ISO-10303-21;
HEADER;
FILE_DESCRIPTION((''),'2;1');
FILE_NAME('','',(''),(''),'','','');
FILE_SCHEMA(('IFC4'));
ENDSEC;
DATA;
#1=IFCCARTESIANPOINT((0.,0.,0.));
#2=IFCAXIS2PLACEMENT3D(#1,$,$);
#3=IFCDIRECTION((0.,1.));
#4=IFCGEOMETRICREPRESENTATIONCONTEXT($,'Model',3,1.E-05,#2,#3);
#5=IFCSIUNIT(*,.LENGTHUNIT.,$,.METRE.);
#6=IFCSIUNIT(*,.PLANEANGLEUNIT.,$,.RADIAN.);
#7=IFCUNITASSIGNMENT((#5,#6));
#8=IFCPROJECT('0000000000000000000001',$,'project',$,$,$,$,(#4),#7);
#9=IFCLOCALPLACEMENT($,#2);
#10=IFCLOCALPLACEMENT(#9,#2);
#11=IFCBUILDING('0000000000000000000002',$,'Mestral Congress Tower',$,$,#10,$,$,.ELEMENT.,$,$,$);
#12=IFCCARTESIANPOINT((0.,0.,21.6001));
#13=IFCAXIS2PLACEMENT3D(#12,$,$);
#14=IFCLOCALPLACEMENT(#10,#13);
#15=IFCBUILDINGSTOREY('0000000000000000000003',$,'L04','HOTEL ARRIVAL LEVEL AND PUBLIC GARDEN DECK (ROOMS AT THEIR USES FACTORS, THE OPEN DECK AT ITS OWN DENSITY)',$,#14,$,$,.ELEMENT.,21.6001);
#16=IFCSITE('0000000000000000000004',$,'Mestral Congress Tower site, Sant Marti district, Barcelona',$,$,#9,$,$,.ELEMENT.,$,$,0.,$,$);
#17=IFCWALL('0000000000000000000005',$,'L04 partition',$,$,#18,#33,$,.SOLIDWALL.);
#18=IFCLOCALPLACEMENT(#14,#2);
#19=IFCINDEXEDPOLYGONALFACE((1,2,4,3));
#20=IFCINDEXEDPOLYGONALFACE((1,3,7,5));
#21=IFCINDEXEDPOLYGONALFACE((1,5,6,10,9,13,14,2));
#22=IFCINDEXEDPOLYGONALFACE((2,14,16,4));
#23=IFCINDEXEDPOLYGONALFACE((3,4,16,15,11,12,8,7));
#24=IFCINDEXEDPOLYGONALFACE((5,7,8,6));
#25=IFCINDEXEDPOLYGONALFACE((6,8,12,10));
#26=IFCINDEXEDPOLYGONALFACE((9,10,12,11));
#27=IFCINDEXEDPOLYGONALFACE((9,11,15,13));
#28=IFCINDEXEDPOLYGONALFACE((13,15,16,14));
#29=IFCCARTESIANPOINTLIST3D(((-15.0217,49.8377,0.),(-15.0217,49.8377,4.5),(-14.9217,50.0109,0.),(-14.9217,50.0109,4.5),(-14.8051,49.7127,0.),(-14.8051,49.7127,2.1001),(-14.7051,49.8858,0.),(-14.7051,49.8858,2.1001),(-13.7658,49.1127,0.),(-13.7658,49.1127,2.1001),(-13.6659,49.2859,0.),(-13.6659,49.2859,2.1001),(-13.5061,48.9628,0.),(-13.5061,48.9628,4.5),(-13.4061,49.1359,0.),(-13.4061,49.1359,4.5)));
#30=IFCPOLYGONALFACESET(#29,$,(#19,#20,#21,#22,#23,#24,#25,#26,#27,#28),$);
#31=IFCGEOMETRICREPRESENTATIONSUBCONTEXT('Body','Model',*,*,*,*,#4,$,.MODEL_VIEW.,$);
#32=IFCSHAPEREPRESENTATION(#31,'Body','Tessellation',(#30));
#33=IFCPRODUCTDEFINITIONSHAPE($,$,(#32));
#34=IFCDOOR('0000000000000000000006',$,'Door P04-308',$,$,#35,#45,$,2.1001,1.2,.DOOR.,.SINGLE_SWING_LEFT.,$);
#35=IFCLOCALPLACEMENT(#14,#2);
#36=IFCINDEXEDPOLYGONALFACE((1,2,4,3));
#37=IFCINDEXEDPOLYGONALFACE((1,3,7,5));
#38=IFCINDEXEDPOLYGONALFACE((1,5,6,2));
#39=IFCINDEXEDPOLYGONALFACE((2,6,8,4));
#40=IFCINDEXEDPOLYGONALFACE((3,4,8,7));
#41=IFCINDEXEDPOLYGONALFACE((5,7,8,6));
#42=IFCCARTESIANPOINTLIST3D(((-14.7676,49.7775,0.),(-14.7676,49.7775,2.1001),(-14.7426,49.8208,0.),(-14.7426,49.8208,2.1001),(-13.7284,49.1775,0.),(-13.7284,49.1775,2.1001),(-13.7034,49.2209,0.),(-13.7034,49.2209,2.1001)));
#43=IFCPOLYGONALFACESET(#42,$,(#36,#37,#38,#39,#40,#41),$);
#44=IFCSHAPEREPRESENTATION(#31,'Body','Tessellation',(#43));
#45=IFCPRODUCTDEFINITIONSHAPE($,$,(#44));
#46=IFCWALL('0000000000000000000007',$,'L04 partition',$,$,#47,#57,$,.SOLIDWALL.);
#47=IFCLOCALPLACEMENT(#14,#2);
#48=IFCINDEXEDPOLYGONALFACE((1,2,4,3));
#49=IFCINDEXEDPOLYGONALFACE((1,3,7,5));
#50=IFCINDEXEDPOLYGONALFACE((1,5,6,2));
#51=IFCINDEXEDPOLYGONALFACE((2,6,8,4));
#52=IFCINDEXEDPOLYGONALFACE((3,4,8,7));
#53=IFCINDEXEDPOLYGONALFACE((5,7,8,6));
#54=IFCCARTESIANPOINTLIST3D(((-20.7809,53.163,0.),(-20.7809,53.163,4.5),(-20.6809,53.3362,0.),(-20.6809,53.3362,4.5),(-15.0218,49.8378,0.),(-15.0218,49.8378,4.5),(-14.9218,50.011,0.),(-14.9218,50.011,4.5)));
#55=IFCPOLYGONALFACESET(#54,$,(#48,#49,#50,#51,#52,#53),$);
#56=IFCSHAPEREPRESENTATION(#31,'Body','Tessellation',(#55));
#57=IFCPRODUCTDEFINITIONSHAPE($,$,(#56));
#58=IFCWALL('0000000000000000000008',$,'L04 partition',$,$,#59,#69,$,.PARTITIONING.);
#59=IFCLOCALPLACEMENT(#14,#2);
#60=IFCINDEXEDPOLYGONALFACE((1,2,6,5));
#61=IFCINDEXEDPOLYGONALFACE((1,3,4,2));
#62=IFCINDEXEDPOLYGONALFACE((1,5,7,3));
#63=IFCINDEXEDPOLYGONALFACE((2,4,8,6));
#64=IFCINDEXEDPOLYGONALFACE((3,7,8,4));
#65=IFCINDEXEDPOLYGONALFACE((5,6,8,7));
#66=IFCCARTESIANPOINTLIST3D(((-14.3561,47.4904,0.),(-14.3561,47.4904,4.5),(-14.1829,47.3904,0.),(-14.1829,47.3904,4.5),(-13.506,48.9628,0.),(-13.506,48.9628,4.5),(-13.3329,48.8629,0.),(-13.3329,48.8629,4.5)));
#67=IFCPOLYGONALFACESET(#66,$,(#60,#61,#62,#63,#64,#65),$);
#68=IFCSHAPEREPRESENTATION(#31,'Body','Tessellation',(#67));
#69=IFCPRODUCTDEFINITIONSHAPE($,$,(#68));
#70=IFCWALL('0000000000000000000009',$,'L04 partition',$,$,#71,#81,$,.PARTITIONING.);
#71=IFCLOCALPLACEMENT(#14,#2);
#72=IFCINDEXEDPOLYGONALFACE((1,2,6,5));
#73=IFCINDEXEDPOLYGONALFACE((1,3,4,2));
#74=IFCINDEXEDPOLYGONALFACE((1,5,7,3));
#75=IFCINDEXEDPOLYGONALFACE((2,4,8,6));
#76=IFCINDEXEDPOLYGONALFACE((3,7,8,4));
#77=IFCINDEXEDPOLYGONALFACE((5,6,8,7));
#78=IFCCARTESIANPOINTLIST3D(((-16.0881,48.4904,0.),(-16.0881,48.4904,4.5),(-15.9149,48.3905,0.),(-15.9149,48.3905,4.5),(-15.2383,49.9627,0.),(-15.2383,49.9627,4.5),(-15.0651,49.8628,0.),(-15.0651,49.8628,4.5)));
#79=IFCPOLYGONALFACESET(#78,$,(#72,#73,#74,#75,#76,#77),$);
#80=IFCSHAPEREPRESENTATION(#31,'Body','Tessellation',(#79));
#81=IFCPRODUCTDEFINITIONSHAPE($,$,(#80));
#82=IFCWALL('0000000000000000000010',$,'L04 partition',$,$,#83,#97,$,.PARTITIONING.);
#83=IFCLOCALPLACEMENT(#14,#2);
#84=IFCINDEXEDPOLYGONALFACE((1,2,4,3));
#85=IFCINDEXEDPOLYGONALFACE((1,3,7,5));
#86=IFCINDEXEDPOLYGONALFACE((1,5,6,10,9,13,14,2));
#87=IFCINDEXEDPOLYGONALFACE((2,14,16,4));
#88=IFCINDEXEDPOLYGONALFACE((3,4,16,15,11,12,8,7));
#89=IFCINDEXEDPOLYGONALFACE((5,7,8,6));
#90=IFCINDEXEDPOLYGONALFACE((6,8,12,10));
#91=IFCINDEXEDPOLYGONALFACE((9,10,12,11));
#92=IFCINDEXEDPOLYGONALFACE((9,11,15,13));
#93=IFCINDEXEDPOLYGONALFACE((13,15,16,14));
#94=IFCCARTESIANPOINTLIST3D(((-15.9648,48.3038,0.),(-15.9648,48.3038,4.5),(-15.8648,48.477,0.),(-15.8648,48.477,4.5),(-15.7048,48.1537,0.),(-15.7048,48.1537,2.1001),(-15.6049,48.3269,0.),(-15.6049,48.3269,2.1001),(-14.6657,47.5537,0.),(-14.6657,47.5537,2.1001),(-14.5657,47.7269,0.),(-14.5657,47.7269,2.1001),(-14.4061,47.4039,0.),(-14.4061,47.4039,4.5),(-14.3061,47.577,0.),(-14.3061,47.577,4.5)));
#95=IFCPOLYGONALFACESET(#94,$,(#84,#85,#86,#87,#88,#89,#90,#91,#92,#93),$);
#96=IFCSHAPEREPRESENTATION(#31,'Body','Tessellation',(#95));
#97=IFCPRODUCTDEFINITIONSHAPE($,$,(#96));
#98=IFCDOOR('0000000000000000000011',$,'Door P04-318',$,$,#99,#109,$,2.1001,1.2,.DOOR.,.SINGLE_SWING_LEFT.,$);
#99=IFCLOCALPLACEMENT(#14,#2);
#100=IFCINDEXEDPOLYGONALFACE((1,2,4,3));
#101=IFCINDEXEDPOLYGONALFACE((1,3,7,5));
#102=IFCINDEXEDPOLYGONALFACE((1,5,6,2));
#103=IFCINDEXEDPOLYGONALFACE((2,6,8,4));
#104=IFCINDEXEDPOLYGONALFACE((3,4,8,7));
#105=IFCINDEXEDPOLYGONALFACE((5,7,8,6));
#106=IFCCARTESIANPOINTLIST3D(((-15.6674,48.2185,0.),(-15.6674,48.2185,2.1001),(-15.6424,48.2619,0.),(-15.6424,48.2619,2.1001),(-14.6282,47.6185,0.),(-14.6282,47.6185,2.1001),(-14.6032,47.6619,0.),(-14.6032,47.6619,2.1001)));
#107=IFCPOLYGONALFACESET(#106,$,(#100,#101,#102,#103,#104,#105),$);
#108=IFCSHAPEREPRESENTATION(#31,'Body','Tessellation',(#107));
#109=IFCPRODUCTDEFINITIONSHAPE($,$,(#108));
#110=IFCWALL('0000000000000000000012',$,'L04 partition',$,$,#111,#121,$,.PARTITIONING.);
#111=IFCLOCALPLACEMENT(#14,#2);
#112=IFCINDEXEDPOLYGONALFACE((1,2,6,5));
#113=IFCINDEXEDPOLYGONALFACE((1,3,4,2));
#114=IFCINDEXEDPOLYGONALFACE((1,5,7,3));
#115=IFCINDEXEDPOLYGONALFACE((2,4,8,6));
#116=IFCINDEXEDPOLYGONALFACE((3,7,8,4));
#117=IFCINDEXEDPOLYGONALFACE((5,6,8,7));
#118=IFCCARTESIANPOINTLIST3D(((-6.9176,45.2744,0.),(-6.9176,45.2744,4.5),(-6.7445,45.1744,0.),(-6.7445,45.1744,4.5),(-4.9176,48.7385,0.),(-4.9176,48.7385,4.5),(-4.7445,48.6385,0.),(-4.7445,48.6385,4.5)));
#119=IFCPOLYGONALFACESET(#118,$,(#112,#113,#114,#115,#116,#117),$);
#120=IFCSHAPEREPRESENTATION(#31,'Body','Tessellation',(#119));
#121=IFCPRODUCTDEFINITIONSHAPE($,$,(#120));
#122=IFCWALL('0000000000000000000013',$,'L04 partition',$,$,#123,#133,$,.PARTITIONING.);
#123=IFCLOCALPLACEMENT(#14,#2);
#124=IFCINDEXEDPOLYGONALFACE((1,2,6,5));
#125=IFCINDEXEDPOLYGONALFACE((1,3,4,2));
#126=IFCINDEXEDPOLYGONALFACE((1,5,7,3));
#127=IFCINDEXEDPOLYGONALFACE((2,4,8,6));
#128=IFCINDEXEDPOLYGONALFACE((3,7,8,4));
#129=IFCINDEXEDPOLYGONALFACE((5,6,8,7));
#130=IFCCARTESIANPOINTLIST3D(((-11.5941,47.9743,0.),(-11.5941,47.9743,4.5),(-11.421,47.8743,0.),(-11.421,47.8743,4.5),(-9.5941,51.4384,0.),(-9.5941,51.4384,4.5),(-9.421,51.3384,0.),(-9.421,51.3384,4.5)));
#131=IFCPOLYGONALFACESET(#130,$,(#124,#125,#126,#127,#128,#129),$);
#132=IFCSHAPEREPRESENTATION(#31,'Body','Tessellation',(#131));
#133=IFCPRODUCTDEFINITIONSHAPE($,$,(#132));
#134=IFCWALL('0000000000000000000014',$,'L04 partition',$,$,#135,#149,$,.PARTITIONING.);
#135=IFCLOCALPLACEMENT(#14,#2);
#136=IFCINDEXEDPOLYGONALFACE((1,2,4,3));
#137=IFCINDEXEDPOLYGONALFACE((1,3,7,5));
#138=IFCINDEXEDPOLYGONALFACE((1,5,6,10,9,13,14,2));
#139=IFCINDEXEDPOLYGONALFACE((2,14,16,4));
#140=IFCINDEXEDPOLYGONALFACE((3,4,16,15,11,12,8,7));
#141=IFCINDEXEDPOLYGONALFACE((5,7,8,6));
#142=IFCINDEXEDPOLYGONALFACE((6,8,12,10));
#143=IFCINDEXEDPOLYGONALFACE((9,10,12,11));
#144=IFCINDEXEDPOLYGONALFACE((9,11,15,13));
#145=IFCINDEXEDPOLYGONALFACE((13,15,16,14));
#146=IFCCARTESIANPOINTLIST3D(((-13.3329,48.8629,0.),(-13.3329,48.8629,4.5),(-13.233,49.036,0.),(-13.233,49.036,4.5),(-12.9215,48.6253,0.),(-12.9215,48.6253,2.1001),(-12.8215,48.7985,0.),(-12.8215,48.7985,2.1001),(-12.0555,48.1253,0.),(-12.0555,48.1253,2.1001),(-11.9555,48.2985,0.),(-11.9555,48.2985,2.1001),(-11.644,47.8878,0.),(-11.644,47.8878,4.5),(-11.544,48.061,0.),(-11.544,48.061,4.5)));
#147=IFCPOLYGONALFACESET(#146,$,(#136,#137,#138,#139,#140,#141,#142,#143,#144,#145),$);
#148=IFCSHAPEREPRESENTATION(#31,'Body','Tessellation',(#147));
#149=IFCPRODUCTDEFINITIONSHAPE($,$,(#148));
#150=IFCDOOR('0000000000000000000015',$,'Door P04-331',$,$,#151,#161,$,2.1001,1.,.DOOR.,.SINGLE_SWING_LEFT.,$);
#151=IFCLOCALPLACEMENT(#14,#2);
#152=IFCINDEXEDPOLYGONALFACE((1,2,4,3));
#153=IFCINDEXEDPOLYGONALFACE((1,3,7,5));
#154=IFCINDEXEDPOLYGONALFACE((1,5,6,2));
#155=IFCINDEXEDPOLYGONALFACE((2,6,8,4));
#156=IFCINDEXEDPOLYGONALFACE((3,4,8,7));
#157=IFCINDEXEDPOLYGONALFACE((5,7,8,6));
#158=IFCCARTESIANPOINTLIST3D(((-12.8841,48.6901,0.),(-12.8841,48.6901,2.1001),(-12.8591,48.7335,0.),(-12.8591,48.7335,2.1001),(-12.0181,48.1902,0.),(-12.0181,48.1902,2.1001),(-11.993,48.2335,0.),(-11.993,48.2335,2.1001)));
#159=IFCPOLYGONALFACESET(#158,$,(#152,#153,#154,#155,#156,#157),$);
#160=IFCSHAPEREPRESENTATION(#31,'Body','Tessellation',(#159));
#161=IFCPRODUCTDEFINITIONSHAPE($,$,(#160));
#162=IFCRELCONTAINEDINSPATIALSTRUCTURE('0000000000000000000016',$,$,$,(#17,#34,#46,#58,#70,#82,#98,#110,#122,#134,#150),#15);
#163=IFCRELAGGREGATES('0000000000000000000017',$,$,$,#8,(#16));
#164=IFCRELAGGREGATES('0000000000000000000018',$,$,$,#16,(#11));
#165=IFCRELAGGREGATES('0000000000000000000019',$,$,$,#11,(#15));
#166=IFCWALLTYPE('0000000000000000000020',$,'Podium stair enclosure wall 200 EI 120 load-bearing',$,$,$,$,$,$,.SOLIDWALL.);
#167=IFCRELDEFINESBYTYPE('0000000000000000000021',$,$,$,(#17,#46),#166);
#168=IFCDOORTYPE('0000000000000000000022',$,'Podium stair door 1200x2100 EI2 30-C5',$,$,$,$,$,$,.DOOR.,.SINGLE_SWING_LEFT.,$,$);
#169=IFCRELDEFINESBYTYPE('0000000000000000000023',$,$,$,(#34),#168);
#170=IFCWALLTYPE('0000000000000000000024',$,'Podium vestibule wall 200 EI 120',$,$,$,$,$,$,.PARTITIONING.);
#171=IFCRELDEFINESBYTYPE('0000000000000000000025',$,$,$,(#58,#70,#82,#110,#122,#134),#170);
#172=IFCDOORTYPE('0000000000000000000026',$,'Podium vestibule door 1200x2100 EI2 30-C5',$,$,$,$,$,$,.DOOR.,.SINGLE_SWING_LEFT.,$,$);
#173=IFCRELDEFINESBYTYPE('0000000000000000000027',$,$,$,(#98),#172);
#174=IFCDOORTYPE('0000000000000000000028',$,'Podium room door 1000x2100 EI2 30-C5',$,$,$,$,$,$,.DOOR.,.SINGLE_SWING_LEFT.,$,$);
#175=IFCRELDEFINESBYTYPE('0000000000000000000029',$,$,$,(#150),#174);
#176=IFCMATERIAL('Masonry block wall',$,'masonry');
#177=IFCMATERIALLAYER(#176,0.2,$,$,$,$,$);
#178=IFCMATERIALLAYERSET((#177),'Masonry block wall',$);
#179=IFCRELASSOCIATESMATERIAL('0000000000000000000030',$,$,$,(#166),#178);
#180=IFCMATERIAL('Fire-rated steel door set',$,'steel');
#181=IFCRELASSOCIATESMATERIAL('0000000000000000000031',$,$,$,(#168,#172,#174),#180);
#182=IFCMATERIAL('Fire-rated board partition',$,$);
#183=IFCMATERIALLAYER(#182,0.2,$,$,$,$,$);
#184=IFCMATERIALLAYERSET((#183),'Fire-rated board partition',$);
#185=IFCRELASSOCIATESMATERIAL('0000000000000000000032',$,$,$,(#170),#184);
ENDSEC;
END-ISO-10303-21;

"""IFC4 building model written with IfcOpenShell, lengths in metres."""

from ifc_helpers import new_model, si_unit, direction, frame, frame_2d, origin, place, context, subcontext, project, spatial, rectangle, extrude, material, layer, layer_set, type_object, element, fill, save


model = new_model("IFC4")

# Units and contexts
model_context = context("Model", 3, precision=1e-05, world=origin(), true_north=direction((0.0, 1.0)))
body_context = subcontext(model_context, "Body", "Model", "MODEL_VIEW")
ifc_project = project(units=[si_unit("LENGTHUNIT", "METRE"), si_unit("PLANEANGLEUNIT", "RADIAN")], contexts=[model_context])

# Site, building, storey
site_placement = place(None, origin())
site = spatial("IfcSite", under=ifc_project, at=site_placement, Name="Mestral Congress Tower site, Sant Marti district, Barcelona", CompositionType="ELEMENT", RefElevation=0.0)
building_placement = place(site_placement, origin())
building = spatial("IfcBuilding", under=site, at=building_placement, Name="Mestral Congress Tower", CompositionType="ELEMENT")
storey_placement = place(building_placement, frame((0.0, 0.0, 21.6001)))
storey = spatial("IfcBuildingStorey", under=building, at=storey_placement, Name="L04", Description="HOTEL ARRIVAL LEVEL AND PUBLIC GARDEN DECK (ROOMS AT THEIR USES FACTORS, THE OPEN DECK AT ITS OWN DENSITY)", CompositionType="ELEMENT", Elevation=21.6001)

# Shared definitions
ifc_material_1 = material(Name="Masonry block wall", Category="masonry")
ifc_layer_1 = layer(ifc_material_1, 0.2)
ifc_layer_set_1 = layer_set([ifc_layer_1], Name="Masonry block wall")
wall_type_1 = type_object("IfcWallType", Name="Podium stair enclosure wall 200 EI 120 load-bearing", PredefinedType="SOLIDWALL", material=ifc_layer_set_1)

# Wall, opening, door
wall_1_placement = place(storey_placement, frame((-14.9717, 49.9243, 0.0), z_axis=(0.0, 0.0, 1.0), x_axis=(0.866037, -0.49998, 0.0)))
wall_1 = element("IfcWall", 1, at=wall_1_placement, inside=storey, type_object=wall_type_1, Name="L04 partition", PredefinedType="SOLIDWALL", context=body_context, shape_type="SweptSolid", body=[
    extrude(rectangle(XDim=1.75, YDim=0.2, at=frame_2d((0.875, 0.0))), origin(), (0.0, 0.0, 1.0), 4.5),
])
opening_1_placement = place(wall_1_placement, frame((0.25, 0.0, 0.0)))
opening_1 = element("IfcOpeningElement", 2, at=opening_1_placement, cuts=wall_1, PredefinedType="OPENING", context=body_context, shape_type="SweptSolid", body=[
    extrude(rectangle(XDim=1.2, YDim=2.1001, at=frame_2d((0.6001, 1.05))), frame((0.0, 0.1099, 0.0), z_axis=(0.0, -1.0, 0.0), x_axis=(1.0, 0.0, 0.0)), (0.0, 0.0, 1.0), 0.22),
])
ifc_material_2 = material(Name="Fire-rated steel door set", Category="steel")
door_type_1 = type_object("IfcDoorType", Name="Podium stair door 1200x2100 EI2 30-C5", OperationType="SINGLE_SWING_LEFT", PredefinedType="DOOR", material=ifc_material_2)
door_1_placement = place(opening_1_placement, origin())
door_1 = element("IfcDoor", 3, at=door_1_placement, inside=storey, type_object=door_type_1, Name="Door P04-308", OperationType="SINGLE_SWING_LEFT", OverallHeight=2.1001, OverallWidth=1.2, PredefinedType="DOOR", context=body_context, shape_type="SweptSolid", body=[
    extrude(rectangle(XDim=1.2, YDim=2.1001, at=frame_2d((0.6001, 1.05))), frame((0.0, 0.0249, 0.0), z_axis=(0.0, -1.0, 0.0), x_axis=(1.0, 0.0, 0.0)), (0.0, 0.0, 1.0), 0.05),
])
fill(opening_1, door_1)

# Walls
wall_2_placement = place(storey_placement, frame((-14.9717, 49.9243, 0.0), z_axis=(0.0, 0.0, 1.0), x_axis=(-0.866011, 0.500024, 0.0)))
element("IfcWall", 4, at=wall_2_placement, inside=storey, type_object=wall_type_1, Name="L04 partition", PredefinedType="SOLIDWALL", context=body_context, shape_type="SweptSolid", body=[
    extrude(rectangle(XDim=6.6501, YDim=0.2, at=frame_2d((3.3252, 0.0))), origin(), (0.0, 0.0, 1.0), 4.5),
])
ifc_material_3 = material(Name="Fire-rated board partition")
ifc_layer_2 = layer(ifc_material_3, 0.2)
ifc_layer_set_2 = layer_set([ifc_layer_2], Name="Fire-rated board partition")
wall_type_2 = type_object("IfcWallType", Name="Podium vestibule wall 200 EI 120", PredefinedType="PARTITIONING", material=ifc_layer_set_2)
wall_3_placement = place(storey_placement, frame((-13.4194, 48.9128, 0.0), z_axis=(0.0, 0.0, 1.0), x_axis=(-0.5, -0.866025, 0.0)))
element("IfcWall", 5, at=wall_3_placement, inside=storey, type_object=wall_type_2, Name="L04 partition", PredefinedType="PARTITIONING", context=body_context, shape_type="SweptSolid", body=[
    extrude(rectangle(XDim=1.7002, YDim=0.2, at=frame_2d((0.8501, 0.0))), origin(), (0.0, 0.0, 1.0), 4.5),
])
wall_4_placement = place(storey_placement, frame((-15.1516, 49.9128, 0.0), z_axis=(0.0, 0.0, 1.0), x_axis=(-0.499892, -0.866088, 0.0)))
element("IfcWall", 6, at=wall_4_placement, inside=storey, type_object=wall_type_2, Name="L04 partition", PredefinedType="PARTITIONING", context=body_context, shape_type="SweptSolid", body=[
    extrude(rectangle(XDim=1.7, YDim=0.2, at=frame_2d((0.8501, 0.0))), origin(), (0.0, 0.0, 1.0), 4.5),
])

# Wall, opening, door
wall_5_placement = place(storey_placement, frame((-15.9148, 48.3904, 0.0), z_axis=(0.0, 0.0, 1.0), x_axis=(0.866014, -0.50002, 0.0)))
wall_5 = element("IfcWall", 7, at=wall_5_placement, inside=storey, type_object=wall_type_2, Name="L04 partition", PredefinedType="PARTITIONING", context=body_context, shape_type="SweptSolid", body=[
    extrude(rectangle(XDim=1.7998, YDim=0.2, at=frame_2d((0.8999, 0.0))), origin(), (0.0, 0.0, 1.0), 4.5),
])
opening_2_placement = place(wall_5_placement, frame((0.3, 0.0, 0.0)))
opening_2 = element("IfcOpeningElement", 8, at=opening_2_placement, cuts=wall_5, PredefinedType="OPENING", context=body_context, shape_type="SweptSolid", body=[
    extrude(rectangle(XDim=1.2, YDim=2.1001, at=frame_2d((0.6001, 1.05))), frame((0.0, 0.1099, 0.0), z_axis=(0.0, -1.0, 0.0), x_axis=(1.0, 0.0, 0.0)), (0.0, 0.0, 1.0), 0.22),
])
door_type_2 = type_object("IfcDoorType", Name="Podium vestibule door 1200x2100 EI2 30-C5", OperationType="SINGLE_SWING_LEFT", PredefinedType="DOOR", material=ifc_material_2)
door_2_placement = place(opening_2_placement, origin())
door_2 = element("IfcDoor", 9, at=door_2_placement, inside=storey, type_object=door_type_2, Name="Door P04-318", OperationType="SINGLE_SWING_LEFT", OverallHeight=2.1001, OverallWidth=1.2, PredefinedType="DOOR", context=body_context, shape_type="SweptSolid", body=[
    extrude(rectangle(XDim=1.2, YDim=2.1001, at=frame_2d((0.6001, 1.05))), frame((0.0, 0.0249, 0.0), z_axis=(0.0, -1.0, 0.0), x_axis=(1.0, 0.0, 0.0)), (0.0, 0.0, 1.0), 0.05),
])
fill(opening_2, door_2)

# Walls
for number, where, z_axis, x_axis, name in (
    (10, (-4.8311, 48.6885, 0.0), (0.0, 0.0, 1.0), (-0.499999, -0.866026, 0.0), "L04 partition"),
    (11, (-9.5076, 51.3884, 0.0), (0.0, 0.0, 1.0), (-0.499999, -0.866026, 0.0), "L04 partition"),
):
    element("IfcWall", number, at=place(storey_placement, frame(where, z_axis=z_axis, x_axis=x_axis)), inside=storey, type_object=wall_type_2, Name=name, PredefinedType="PARTITIONING", context=body_context, shape_type="SweptSolid", body=[
        extrude(rectangle(XDim=4.0, YDim=0.2, at=frame_2d((2.0, 0.0))), origin(), (0.0, 0.0, 1.0), 4.5),
    ])

# Wall, opening, door
wall_6_placement = place(storey_placement, frame((-13.283, 48.9495, 0.0), z_axis=(0.0, 0.0, 1.0), x_axis=(0.866031, -0.49999, 0.0)))
wall_6 = element("IfcWall", 12, at=wall_6_placement, inside=storey, type_object=wall_type_2, Name="L04 partition", PredefinedType="PARTITIONING", context=body_context, shape_type="SweptSolid", body=[
    extrude(rectangle(XDim=1.9502, YDim=0.2, at=frame_2d((0.9751, 0.0))), origin(), (0.0, 0.0, 1.0), 4.5),
])
opening_3_placement = place(wall_6_placement, frame((0.4751, 0.0, 0.0)))
opening_3 = element("IfcOpeningElement", 13, at=opening_3_placement, cuts=wall_6, PredefinedType="OPENING", context=body_context, shape_type="SweptSolid", body=[
    extrude(rectangle(XDim=1.0, YDim=2.1001, at=frame_2d((0.5, 1.05))), frame((0.0, 0.1099, 0.0), z_axis=(0.0, -1.0, 0.0), x_axis=(1.0, 0.0, 0.0)), (0.0, 0.0, 1.0), 0.22),
])
door_type_3 = type_object("IfcDoorType", Name="Podium room door 1000x2100 EI2 30-C5", OperationType="SINGLE_SWING_LEFT", PredefinedType="DOOR", material=ifc_material_2)
door_3_placement = place(opening_3_placement, origin())
door_3 = element("IfcDoor", 14, at=door_3_placement, inside=storey, type_object=door_type_3, Name="Door P04-331", OperationType="SINGLE_SWING_LEFT", OverallHeight=2.1001, OverallWidth=1.0, PredefinedType="DOOR", context=body_context, shape_type="SweptSolid", body=[
    extrude(rectangle(XDim=1.0, YDim=2.1001, at=frame_2d((0.5, 1.05))), frame((0.0, 0.0249, 0.0), z_axis=(0.0, -1.0, 0.0), x_axis=(1.0, 0.0, 0.0)), (0.0, 0.0, 1.0), 0.05),
])
fill(opening_3, door_3)

save(model, "model.ifc")
